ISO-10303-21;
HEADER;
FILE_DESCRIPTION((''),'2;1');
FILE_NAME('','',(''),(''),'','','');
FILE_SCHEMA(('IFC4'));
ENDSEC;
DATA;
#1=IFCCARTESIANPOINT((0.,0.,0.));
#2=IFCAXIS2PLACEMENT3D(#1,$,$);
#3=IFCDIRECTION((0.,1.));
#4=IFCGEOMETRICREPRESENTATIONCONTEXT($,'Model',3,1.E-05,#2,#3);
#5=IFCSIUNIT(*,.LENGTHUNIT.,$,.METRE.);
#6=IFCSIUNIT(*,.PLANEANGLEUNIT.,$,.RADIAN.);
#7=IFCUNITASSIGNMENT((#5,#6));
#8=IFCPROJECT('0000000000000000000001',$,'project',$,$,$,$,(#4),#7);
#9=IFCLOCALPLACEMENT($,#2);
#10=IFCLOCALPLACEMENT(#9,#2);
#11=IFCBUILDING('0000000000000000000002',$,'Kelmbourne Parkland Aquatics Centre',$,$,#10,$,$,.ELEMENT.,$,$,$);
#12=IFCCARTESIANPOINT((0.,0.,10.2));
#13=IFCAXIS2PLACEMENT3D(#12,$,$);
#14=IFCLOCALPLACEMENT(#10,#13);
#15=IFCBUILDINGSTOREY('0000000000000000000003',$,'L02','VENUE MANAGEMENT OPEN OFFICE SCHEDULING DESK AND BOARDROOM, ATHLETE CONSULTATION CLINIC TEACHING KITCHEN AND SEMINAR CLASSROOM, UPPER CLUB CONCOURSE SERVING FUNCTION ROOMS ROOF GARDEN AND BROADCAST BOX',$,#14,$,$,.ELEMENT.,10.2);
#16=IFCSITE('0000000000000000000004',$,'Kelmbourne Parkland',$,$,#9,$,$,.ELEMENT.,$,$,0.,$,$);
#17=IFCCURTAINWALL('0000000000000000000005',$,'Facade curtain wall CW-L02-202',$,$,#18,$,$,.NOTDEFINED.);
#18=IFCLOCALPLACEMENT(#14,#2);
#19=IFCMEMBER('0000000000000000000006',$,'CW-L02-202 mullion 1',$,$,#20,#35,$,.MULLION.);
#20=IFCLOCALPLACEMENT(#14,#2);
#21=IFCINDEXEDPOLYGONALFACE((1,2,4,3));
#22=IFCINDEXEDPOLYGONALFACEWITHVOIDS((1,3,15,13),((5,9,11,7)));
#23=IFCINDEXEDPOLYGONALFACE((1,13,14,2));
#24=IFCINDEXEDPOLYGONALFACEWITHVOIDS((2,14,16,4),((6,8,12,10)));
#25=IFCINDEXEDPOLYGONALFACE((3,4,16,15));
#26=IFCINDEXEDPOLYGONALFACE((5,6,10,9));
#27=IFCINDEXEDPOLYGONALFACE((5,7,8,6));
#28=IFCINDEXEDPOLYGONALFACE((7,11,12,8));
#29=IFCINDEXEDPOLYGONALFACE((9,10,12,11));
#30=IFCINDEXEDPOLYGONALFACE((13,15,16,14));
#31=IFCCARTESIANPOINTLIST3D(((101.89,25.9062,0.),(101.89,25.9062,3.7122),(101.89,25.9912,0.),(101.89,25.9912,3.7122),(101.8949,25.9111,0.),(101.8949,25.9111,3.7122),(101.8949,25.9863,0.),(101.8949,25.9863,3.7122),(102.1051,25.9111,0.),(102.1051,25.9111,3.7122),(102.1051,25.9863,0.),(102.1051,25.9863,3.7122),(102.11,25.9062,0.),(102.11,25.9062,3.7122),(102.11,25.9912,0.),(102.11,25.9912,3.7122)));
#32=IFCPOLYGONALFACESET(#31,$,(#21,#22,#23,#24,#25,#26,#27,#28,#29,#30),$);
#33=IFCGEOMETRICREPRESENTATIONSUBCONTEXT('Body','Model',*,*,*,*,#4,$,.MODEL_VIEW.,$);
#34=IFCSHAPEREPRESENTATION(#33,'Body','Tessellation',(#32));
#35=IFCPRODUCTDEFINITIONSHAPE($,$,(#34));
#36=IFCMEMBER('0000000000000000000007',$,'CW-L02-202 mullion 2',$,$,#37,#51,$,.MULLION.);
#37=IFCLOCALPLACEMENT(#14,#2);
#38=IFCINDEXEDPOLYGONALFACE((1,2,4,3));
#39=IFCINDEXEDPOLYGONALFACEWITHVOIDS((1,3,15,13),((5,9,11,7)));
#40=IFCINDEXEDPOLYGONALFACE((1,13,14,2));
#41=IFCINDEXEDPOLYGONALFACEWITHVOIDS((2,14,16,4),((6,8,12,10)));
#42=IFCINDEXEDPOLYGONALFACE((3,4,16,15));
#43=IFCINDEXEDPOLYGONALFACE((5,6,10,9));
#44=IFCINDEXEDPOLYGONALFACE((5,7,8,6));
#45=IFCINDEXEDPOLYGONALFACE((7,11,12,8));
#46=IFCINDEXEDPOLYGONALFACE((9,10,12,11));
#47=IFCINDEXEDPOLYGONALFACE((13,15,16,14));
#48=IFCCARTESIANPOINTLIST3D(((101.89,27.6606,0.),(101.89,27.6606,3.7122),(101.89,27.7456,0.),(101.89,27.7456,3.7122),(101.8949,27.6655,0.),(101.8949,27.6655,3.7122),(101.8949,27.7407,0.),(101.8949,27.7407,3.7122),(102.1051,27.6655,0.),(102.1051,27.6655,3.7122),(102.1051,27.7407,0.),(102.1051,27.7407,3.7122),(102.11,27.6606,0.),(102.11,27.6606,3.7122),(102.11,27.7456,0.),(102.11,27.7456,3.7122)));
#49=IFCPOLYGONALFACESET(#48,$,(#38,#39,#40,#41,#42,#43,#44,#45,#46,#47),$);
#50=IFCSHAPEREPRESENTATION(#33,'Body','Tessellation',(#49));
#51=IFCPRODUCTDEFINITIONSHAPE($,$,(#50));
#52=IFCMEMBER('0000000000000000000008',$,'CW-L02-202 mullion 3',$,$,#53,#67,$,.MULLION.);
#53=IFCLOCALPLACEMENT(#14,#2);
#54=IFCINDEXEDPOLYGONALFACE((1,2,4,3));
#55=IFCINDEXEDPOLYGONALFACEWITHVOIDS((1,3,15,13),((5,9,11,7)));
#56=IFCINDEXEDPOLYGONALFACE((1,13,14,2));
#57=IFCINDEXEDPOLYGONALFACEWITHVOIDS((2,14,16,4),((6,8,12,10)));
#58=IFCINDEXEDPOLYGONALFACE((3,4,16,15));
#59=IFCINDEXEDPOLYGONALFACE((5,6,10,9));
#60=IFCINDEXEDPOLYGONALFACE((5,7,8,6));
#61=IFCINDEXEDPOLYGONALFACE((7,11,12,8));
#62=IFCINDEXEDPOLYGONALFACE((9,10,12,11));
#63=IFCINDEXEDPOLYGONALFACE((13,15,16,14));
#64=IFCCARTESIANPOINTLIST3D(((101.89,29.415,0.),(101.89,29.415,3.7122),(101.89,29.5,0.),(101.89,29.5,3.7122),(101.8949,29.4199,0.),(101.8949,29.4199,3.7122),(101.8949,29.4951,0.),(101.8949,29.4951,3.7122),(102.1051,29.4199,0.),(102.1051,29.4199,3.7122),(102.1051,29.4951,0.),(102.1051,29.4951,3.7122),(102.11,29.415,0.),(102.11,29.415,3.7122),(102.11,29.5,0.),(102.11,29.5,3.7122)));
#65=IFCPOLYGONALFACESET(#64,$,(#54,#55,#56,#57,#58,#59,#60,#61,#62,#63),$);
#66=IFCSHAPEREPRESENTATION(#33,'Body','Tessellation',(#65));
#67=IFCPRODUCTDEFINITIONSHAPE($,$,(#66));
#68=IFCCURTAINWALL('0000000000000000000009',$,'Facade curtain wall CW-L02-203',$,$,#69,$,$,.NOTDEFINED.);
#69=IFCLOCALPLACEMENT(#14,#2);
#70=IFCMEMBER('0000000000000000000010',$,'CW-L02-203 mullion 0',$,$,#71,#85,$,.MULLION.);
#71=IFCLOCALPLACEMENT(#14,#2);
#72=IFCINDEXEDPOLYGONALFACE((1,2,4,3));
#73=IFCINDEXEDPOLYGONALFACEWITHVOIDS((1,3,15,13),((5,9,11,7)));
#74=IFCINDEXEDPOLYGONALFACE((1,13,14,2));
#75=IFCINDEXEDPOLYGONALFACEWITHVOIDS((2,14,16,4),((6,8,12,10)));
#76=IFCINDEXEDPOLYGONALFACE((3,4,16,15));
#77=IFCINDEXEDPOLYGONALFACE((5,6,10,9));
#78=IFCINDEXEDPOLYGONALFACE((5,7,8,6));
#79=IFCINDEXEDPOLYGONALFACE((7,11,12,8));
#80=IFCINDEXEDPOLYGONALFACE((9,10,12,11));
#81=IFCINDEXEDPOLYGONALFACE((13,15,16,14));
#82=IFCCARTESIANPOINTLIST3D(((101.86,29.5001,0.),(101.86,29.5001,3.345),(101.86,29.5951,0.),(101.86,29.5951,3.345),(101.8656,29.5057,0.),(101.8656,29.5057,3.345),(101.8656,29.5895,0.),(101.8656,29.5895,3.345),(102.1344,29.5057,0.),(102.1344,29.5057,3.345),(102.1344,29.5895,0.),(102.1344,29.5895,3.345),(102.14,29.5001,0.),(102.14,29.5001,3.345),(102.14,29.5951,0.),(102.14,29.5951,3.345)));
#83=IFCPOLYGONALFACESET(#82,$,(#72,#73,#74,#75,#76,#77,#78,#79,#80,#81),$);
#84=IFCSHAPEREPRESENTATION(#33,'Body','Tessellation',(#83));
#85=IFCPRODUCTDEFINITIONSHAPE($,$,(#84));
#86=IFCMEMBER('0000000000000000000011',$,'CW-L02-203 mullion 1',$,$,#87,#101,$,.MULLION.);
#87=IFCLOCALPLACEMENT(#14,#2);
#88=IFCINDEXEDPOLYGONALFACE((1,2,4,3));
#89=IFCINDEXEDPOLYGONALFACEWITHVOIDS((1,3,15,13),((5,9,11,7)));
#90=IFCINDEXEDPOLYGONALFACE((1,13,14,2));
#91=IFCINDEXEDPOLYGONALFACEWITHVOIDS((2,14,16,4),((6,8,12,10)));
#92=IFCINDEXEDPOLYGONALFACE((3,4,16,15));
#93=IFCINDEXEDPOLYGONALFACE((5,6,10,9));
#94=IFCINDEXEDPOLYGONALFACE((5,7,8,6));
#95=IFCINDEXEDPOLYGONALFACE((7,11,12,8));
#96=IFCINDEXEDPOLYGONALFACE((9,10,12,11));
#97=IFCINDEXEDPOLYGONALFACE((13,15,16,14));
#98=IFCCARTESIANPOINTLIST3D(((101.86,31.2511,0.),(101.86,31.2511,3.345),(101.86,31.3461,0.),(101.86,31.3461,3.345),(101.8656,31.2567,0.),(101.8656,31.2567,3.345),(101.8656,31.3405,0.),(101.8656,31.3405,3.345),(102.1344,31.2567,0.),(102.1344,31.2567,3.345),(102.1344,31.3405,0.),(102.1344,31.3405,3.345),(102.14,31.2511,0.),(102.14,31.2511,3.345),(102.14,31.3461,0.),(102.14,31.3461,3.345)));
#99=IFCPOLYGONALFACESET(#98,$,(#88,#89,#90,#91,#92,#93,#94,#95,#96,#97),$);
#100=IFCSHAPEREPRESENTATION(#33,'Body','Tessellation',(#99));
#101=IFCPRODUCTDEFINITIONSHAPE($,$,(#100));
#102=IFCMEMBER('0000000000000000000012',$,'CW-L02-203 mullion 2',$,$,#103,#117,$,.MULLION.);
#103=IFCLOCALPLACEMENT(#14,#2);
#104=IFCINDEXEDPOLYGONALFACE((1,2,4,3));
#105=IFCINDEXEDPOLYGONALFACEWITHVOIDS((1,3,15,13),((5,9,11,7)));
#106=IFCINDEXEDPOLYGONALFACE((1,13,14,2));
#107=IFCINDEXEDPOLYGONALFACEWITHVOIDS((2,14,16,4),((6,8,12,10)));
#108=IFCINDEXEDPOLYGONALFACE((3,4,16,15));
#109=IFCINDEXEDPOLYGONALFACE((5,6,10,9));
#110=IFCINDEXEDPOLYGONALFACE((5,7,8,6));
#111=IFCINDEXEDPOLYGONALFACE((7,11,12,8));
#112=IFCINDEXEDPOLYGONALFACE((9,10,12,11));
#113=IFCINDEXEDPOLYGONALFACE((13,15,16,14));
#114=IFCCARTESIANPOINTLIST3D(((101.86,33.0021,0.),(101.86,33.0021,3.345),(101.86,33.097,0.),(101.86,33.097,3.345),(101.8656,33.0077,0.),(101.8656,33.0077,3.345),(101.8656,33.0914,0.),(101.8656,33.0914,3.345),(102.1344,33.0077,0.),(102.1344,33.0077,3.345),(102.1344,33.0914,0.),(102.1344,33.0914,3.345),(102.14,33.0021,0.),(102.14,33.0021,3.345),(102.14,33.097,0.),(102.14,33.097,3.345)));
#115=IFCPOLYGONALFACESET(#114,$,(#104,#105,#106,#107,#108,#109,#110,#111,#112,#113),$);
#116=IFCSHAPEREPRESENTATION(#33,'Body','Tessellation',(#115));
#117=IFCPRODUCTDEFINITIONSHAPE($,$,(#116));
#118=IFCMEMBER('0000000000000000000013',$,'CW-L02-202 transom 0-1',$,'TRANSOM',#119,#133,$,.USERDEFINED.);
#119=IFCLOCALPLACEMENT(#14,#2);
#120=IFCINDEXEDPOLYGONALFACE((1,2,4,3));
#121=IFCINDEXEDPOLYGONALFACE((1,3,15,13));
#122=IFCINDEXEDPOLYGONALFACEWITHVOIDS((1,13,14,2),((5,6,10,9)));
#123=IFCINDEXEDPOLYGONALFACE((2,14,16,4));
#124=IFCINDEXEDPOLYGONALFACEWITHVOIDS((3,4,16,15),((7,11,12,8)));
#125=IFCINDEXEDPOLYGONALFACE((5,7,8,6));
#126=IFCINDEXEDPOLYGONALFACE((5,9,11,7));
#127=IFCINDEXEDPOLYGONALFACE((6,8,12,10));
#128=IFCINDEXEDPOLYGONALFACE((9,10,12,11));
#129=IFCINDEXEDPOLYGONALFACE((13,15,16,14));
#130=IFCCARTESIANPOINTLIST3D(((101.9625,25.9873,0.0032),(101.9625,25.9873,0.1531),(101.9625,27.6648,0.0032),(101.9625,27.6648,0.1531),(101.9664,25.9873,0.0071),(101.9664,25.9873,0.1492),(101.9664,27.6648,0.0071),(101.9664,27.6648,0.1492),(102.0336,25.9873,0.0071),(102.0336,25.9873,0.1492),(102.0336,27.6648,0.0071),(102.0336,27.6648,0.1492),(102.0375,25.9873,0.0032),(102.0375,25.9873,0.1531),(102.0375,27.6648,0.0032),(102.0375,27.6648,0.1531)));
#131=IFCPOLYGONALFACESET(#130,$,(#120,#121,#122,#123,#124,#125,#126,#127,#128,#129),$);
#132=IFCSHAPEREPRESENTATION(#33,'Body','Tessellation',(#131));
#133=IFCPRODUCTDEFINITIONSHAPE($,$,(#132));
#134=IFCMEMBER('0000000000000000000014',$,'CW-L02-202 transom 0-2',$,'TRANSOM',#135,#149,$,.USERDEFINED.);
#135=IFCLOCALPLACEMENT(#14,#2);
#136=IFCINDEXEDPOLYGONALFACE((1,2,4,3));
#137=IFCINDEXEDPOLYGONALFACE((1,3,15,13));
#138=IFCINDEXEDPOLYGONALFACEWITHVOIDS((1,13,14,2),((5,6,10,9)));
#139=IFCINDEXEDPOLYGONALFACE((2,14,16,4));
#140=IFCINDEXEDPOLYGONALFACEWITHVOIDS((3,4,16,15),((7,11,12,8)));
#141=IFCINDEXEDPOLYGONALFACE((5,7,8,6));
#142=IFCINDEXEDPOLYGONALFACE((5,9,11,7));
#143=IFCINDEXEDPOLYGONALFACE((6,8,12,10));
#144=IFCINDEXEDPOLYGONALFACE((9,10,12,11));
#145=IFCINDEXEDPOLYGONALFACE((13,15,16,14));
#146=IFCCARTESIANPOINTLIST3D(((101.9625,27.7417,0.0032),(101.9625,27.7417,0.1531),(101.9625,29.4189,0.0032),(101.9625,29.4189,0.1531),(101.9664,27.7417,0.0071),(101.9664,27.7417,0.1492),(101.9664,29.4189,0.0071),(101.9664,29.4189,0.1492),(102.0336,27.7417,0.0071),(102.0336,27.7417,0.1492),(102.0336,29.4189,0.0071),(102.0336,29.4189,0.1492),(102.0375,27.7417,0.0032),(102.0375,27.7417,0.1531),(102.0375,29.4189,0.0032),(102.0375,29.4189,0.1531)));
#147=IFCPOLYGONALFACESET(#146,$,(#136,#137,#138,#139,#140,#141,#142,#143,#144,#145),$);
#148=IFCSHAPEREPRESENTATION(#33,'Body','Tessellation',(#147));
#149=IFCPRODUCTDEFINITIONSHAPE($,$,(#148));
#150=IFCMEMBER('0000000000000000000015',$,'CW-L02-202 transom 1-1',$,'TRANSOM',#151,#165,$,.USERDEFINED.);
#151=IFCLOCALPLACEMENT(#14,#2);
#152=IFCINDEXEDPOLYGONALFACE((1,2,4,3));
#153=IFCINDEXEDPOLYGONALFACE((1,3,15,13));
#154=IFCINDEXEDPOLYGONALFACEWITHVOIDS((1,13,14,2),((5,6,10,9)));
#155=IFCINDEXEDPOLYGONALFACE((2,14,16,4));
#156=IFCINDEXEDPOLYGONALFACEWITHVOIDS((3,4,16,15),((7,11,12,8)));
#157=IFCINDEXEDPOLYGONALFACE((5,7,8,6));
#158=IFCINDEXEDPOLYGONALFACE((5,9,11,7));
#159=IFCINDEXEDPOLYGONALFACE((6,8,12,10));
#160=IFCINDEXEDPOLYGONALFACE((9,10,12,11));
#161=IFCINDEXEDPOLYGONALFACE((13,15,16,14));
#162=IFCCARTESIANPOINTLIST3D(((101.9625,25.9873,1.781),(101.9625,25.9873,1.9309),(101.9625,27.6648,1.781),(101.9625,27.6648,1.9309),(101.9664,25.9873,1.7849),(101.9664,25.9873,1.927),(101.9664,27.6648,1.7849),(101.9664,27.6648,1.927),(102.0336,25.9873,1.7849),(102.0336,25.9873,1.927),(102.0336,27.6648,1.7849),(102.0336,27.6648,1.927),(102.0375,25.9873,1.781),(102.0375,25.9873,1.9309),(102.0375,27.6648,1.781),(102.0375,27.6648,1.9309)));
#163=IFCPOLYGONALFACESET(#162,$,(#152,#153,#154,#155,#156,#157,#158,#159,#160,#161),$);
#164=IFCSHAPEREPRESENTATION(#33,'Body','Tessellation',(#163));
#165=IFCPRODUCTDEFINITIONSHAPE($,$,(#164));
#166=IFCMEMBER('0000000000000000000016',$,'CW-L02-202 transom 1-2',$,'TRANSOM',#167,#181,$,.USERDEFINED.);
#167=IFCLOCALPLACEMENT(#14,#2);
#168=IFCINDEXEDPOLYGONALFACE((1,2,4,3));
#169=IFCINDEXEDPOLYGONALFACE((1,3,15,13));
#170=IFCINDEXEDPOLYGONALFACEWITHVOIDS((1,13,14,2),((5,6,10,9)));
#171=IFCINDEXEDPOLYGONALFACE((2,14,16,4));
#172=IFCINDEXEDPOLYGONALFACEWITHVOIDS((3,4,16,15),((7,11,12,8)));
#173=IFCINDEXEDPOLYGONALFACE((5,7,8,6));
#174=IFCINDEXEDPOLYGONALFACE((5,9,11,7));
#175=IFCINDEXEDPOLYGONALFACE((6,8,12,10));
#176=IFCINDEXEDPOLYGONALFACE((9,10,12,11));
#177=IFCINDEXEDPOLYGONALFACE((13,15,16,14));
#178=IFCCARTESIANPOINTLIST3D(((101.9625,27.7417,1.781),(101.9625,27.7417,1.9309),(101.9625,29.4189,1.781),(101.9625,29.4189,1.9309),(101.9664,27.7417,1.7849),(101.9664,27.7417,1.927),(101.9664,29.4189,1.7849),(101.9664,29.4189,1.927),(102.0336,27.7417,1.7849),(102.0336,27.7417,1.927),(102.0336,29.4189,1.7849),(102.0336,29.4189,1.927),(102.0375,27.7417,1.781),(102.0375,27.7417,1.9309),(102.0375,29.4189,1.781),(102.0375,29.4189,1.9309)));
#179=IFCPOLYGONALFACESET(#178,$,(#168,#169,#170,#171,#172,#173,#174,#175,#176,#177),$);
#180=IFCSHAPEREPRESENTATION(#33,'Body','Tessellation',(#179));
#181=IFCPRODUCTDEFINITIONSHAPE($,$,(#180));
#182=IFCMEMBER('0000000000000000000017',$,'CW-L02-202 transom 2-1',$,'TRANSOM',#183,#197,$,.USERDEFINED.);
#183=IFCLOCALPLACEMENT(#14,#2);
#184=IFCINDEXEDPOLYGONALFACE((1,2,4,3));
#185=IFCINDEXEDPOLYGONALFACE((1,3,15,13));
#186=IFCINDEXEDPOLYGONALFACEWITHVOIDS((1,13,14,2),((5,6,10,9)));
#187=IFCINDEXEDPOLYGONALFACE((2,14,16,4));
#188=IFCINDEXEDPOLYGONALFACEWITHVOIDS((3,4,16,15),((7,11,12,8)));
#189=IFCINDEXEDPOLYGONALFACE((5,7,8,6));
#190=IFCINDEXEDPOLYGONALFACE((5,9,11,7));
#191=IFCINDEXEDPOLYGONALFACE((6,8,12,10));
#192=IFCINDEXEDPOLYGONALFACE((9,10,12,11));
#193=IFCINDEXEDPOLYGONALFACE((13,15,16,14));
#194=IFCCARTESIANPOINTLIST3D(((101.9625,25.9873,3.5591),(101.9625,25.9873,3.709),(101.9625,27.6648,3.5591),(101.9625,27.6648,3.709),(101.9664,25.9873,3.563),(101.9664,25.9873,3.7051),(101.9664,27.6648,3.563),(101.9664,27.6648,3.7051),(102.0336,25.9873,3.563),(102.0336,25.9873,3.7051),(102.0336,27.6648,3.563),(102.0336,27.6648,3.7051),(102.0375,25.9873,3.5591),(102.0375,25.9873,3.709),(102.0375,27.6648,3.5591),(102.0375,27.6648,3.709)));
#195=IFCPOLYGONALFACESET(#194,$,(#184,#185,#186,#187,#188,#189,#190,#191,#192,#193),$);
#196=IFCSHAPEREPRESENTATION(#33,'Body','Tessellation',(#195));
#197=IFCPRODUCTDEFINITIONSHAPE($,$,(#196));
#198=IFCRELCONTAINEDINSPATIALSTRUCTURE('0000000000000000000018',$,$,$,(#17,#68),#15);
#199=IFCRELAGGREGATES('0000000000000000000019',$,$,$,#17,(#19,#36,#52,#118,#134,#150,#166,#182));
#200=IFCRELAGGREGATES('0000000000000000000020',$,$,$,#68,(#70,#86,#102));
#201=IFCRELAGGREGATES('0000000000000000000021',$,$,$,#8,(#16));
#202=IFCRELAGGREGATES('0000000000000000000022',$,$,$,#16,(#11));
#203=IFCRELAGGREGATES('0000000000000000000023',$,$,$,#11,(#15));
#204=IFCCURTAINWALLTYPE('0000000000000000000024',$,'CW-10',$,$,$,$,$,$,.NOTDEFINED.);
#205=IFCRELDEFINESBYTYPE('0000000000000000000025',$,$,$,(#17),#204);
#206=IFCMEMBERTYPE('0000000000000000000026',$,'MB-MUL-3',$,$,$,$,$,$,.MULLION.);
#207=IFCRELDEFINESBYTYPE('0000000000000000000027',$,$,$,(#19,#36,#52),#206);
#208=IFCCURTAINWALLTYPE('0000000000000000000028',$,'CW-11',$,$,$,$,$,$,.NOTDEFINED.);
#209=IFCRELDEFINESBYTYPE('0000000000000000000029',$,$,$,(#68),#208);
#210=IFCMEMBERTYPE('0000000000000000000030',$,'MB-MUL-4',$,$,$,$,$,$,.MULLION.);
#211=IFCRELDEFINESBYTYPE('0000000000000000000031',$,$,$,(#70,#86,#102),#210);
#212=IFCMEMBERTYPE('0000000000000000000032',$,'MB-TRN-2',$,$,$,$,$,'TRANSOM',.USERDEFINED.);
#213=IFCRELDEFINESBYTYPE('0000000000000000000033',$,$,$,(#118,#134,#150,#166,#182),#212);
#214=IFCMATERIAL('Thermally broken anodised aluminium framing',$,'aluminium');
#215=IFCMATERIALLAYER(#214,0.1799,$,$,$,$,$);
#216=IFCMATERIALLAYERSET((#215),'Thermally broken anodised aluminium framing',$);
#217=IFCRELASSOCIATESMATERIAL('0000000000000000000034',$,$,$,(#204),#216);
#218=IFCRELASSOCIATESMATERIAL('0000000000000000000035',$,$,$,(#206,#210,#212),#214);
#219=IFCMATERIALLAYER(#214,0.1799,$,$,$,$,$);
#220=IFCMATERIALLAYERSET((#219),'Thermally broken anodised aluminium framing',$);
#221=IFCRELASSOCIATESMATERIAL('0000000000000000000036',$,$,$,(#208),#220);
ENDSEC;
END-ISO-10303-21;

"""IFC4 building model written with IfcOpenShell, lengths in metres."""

from ifc_helpers import new_model, si_unit, direction, frame, origin, origin_2d, place, context, subcontext, project, spatial, hollow_rectangle, extrude, material, layer, layer_set, material_profile, profile_set, type_object, element, aggregate, save


model = new_model("IFC4")

# Units and contexts
model_context = context("Model", 3, precision=1e-05, world=origin(), true_north=direction((0.0, 1.0)))
body_context = subcontext(model_context, "Body", "Model", "MODEL_VIEW")
ifc_project = project(units=[si_unit("LENGTHUNIT", "METRE"), si_unit("PLANEANGLEUNIT", "RADIAN")], contexts=[model_context])

# Site, building, storey
site_placement = place(None, origin())
site = spatial("IfcSite", under=ifc_project, at=site_placement, Name="Kelmbourne Parkland", CompositionType="ELEMENT", RefElevation=0.0)
building_placement = place(site_placement, origin())
building = spatial("IfcBuilding", under=site, at=building_placement, Name="Kelmbourne Parkland Aquatics Centre", CompositionType="ELEMENT")
storey_placement = place(building_placement, frame((0.0, 0.0, 10.2)))
storey = spatial("IfcBuildingStorey", under=building, at=storey_placement, Name="L02", Description="VENUE MANAGEMENT OPEN OFFICE SCHEDULING DESK AND BOARDROOM, ATHLETE CONSULTATION CLINIC TEACHING KITCHEN AND SEMINAR CLASSROOM, UPPER CLUB CONCOURSE SERVING FUNCTION ROOMS ROOF GARDEN AND BROADCAST BOX", CompositionType="ELEMENT", Elevation=10.2)

# Curtain walls, members
ifc_material_1 = material(Name="Thermally broken anodised aluminium framing", Category="aluminium")
ifc_layer_1 = layer(ifc_material_1, 0.1799)
ifc_layer_set_1 = layer_set([ifc_layer_1], Name="Thermally broken anodised aluminium framing")
curtain_wall_type_1 = type_object("IfcCurtainWallType", Name="CW-10", PredefinedType="NOTDEFINED", material=ifc_layer_set_1)
curtain_wall_1_placement = place(storey_placement, origin())
curtain_wall_1 = element("IfcCurtainWall", 1, at=curtain_wall_1_placement, inside=storey, type_object=curtain_wall_type_1, Name="Facade curtain wall CW-L02-202", PredefinedType="NOTDEFINED")
ifc_material_profile_1 = material_profile(ifc_material_1, hollow_rectangle(XDim=0.085, YDim=0.22, WallThickness=0.0049, at=origin_2d()), Name="CW-M 85x220")
ifc_profile_set_1 = profile_set([ifc_material_profile_1], Name="Thermally broken anodised aluminium framing")
member_type_1 = type_object("IfcMemberType", Name="MB-MUL-3", PredefinedType="MULLION", material=ifc_profile_set_1)
member_1_placement = place(storey_placement, frame((102.0, 25.9487, 0.0), z_axis=(0.0, 0.0, 1.0), x_axis=(0.0, 1.0, 0.0)))
member_1 = element("IfcMember", 2, at=member_1_placement, type_object=member_type_1, Name="CW-L02-202 mullion 1", PredefinedType="MULLION", context=body_context, shape_type="SweptSolid", body=[
    extrude(hollow_rectangle(XDim=0.085, YDim=0.22, WallThickness=0.0049, at=origin_2d()), origin(), (0.0, 0.0, 1.0), 3.7122),
])
member_2_placement = place(storey_placement, frame((102.0, 27.7031, 0.0), z_axis=(0.0, 0.0, 1.0), x_axis=(0.0, 1.0, 0.0)))
member_2 = element("IfcMember", 3, at=member_2_placement, type_object=member_type_1, Name="CW-L02-202 mullion 2", PredefinedType="MULLION", context=body_context, shape_type="SweptSolid", body=[
    extrude(hollow_rectangle(XDim=0.085, YDim=0.22, WallThickness=0.0049, at=origin_2d()), origin(), (0.0, 0.0, 1.0), 3.7122),
])
member_3_placement = place(storey_placement, frame((102.0, 29.4575, 0.0), z_axis=(0.0, 0.0, 1.0), x_axis=(0.0, 1.0, 0.0)))
member_3 = element("IfcMember", 4, at=member_3_placement, type_object=member_type_1, Name="CW-L02-202 mullion 3", PredefinedType="MULLION", context=body_context, shape_type="SweptSolid", body=[
    extrude(hollow_rectangle(XDim=0.085, YDim=0.22, WallThickness=0.0049, at=origin_2d()), origin(), (0.0, 0.0, 1.0), 3.7122),
])
ifc_layer_2 = layer(ifc_material_1, 0.1799)
ifc_layer_set_2 = layer_set([ifc_layer_2], Name="Thermally broken anodised aluminium framing")
curtain_wall_type_2 = type_object("IfcCurtainWallType", Name="CW-11", PredefinedType="NOTDEFINED", material=ifc_layer_set_2)
curtain_wall_2_placement = place(storey_placement, origin())
curtain_wall_2 = element("IfcCurtainWall", 5, at=curtain_wall_2_placement, inside=storey, type_object=curtain_wall_type_2, Name="Facade curtain wall CW-L02-203", PredefinedType="NOTDEFINED")
ifc_material_profile_2 = material_profile(ifc_material_1, hollow_rectangle(XDim=0.095, YDim=0.28, WallThickness=0.0056, at=origin_2d()), Name="CW-M 95x280")
ifc_profile_set_2 = profile_set([ifc_material_profile_2], Name="Thermally broken anodised aluminium framing")
member_type_2 = type_object("IfcMemberType", Name="MB-MUL-4", PredefinedType="MULLION", material=ifc_profile_set_2)
member_4_placement = place(storey_placement, frame((102.0, 29.5476, 0.0), z_axis=(0.0, 0.0, 1.0), x_axis=(0.0, 1.0, 0.0)))
member_4 = element("IfcMember", 6, at=member_4_placement, type_object=member_type_2, Name="CW-L02-203 mullion 0", PredefinedType="MULLION", context=body_context, shape_type="SweptSolid", body=[
    extrude(hollow_rectangle(XDim=0.095, YDim=0.28, WallThickness=0.0056, at=origin_2d()), origin(), (0.0, 0.0, 1.0), 3.345),
])
member_5_placement = place(storey_placement, frame((102.0, 31.2986, 0.0), z_axis=(0.0, 0.0, 1.0), x_axis=(0.0, 1.0, 0.0)))
member_5 = element("IfcMember", 7, at=member_5_placement, type_object=member_type_2, Name="CW-L02-203 mullion 1", PredefinedType="MULLION", context=body_context, shape_type="SweptSolid", body=[
    extrude(hollow_rectangle(XDim=0.095, YDim=0.28, WallThickness=0.0056, at=origin_2d()), origin(), (0.0, 0.0, 1.0), 3.345),
])
member_6_placement = place(storey_placement, frame((102.0, 33.0496, 0.0), z_axis=(0.0, 0.0, 1.0), x_axis=(0.0, 1.0, 0.0)))
member_6 = element("IfcMember", 8, at=member_6_placement, type_object=member_type_2, Name="CW-L02-203 mullion 2", PredefinedType="MULLION", context=body_context, shape_type="SweptSolid", body=[
    extrude(hollow_rectangle(XDim=0.095, YDim=0.28, WallThickness=0.0056, at=origin_2d()), origin(), (0.0, 0.0, 1.0), 3.345),
])

# Members
ifc_material_profile_3 = material_profile(ifc_material_1, hollow_rectangle(XDim=0.075, YDim=0.1499, WallThickness=0.0039, at=origin_2d()), Name="CW-T 75x150")
ifc_profile_set_3 = profile_set([ifc_material_profile_3], Name="Thermally broken anodised aluminium framing")
member_type_3 = type_object("IfcMemberType", Name="MB-TRN-2", ElementType="TRANSOM", PredefinedType="USERDEFINED", material=ifc_profile_set_3)
member_7_placement = place(storey_placement, frame((102.0, 25.9873, 0.0781), z_axis=(0.0, 1.0, 0.0), x_axis=(-1.0, 0.0, 0.0)))
member_7 = element("IfcMember", 9, at=member_7_placement, type_object=member_type_3, Name="CW-L02-202 transom 0-1", ObjectType="TRANSOM", PredefinedType="USERDEFINED", context=body_context, shape_type="SweptSolid", body=[
    extrude(hollow_rectangle(XDim=0.075, YDim=0.1499, WallThickness=0.0039, at=origin_2d()), origin(), (0.0, 0.0, 1.0), 1.6775),
])
member_8_placement = place(storey_placement, frame((102.0, 27.7417, 0.0781), z_axis=(0.0, 1.0, 0.0), x_axis=(-1.0, 0.0, 0.0)))
member_8 = element("IfcMember", 10, at=member_8_placement, type_object=member_type_3, Name="CW-L02-202 transom 0-2", ObjectType="TRANSOM", PredefinedType="USERDEFINED", context=body_context, shape_type="SweptSolid", body=[
    extrude(hollow_rectangle(XDim=0.075, YDim=0.1499, WallThickness=0.0039, at=origin_2d()), origin(), (0.0, 0.0, 1.0), 1.6772),
])
member_9_placement = place(storey_placement, frame((102.0, 25.9873, 1.856), z_axis=(0.0, 1.0, 0.0), x_axis=(-1.0, 0.0, 0.0)))
member_9 = element("IfcMember", 11, at=member_9_placement, type_object=member_type_3, Name="CW-L02-202 transom 1-1", ObjectType="TRANSOM", PredefinedType="USERDEFINED", context=body_context, shape_type="SweptSolid", body=[
    extrude(hollow_rectangle(XDim=0.075, YDim=0.1499, WallThickness=0.0039, at=origin_2d()), origin(), (0.0, 0.0, 1.0), 1.6775),
])
member_10_placement = place(storey_placement, frame((102.0, 27.7417, 1.856), z_axis=(0.0, 1.0, 0.0), x_axis=(-1.0, 0.0, 0.0)))
member_10 = element("IfcMember", 12, at=member_10_placement, type_object=member_type_3, Name="CW-L02-202 transom 1-2", ObjectType="TRANSOM", PredefinedType="USERDEFINED", context=body_context, shape_type="SweptSolid", body=[
    extrude(hollow_rectangle(XDim=0.075, YDim=0.1499, WallThickness=0.0039, at=origin_2d()), origin(), (0.0, 0.0, 1.0), 1.6772),
])
member_11_placement = place(storey_placement, frame((102.0, 25.9873, 3.634), z_axis=(0.0, 1.0, 0.0), x_axis=(-1.0, 0.0, 0.0)))
member_11 = element("IfcMember", 13, at=member_11_placement, type_object=member_type_3, Name="CW-L02-202 transom 2-1", ObjectType="TRANSOM", PredefinedType="USERDEFINED", context=body_context, shape_type="SweptSolid", body=[
    extrude(hollow_rectangle(XDim=0.075, YDim=0.1499, WallThickness=0.0039, at=origin_2d()), origin(), (0.0, 0.0, 1.0), 1.6775),
])

aggregate(curtain_wall_1, [member_1, member_2, member_3, member_7, member_8, member_9, member_10, member_11])
aggregate(curtain_wall_2, [member_4, member_5, member_6])

save(model, "model.ifc")
